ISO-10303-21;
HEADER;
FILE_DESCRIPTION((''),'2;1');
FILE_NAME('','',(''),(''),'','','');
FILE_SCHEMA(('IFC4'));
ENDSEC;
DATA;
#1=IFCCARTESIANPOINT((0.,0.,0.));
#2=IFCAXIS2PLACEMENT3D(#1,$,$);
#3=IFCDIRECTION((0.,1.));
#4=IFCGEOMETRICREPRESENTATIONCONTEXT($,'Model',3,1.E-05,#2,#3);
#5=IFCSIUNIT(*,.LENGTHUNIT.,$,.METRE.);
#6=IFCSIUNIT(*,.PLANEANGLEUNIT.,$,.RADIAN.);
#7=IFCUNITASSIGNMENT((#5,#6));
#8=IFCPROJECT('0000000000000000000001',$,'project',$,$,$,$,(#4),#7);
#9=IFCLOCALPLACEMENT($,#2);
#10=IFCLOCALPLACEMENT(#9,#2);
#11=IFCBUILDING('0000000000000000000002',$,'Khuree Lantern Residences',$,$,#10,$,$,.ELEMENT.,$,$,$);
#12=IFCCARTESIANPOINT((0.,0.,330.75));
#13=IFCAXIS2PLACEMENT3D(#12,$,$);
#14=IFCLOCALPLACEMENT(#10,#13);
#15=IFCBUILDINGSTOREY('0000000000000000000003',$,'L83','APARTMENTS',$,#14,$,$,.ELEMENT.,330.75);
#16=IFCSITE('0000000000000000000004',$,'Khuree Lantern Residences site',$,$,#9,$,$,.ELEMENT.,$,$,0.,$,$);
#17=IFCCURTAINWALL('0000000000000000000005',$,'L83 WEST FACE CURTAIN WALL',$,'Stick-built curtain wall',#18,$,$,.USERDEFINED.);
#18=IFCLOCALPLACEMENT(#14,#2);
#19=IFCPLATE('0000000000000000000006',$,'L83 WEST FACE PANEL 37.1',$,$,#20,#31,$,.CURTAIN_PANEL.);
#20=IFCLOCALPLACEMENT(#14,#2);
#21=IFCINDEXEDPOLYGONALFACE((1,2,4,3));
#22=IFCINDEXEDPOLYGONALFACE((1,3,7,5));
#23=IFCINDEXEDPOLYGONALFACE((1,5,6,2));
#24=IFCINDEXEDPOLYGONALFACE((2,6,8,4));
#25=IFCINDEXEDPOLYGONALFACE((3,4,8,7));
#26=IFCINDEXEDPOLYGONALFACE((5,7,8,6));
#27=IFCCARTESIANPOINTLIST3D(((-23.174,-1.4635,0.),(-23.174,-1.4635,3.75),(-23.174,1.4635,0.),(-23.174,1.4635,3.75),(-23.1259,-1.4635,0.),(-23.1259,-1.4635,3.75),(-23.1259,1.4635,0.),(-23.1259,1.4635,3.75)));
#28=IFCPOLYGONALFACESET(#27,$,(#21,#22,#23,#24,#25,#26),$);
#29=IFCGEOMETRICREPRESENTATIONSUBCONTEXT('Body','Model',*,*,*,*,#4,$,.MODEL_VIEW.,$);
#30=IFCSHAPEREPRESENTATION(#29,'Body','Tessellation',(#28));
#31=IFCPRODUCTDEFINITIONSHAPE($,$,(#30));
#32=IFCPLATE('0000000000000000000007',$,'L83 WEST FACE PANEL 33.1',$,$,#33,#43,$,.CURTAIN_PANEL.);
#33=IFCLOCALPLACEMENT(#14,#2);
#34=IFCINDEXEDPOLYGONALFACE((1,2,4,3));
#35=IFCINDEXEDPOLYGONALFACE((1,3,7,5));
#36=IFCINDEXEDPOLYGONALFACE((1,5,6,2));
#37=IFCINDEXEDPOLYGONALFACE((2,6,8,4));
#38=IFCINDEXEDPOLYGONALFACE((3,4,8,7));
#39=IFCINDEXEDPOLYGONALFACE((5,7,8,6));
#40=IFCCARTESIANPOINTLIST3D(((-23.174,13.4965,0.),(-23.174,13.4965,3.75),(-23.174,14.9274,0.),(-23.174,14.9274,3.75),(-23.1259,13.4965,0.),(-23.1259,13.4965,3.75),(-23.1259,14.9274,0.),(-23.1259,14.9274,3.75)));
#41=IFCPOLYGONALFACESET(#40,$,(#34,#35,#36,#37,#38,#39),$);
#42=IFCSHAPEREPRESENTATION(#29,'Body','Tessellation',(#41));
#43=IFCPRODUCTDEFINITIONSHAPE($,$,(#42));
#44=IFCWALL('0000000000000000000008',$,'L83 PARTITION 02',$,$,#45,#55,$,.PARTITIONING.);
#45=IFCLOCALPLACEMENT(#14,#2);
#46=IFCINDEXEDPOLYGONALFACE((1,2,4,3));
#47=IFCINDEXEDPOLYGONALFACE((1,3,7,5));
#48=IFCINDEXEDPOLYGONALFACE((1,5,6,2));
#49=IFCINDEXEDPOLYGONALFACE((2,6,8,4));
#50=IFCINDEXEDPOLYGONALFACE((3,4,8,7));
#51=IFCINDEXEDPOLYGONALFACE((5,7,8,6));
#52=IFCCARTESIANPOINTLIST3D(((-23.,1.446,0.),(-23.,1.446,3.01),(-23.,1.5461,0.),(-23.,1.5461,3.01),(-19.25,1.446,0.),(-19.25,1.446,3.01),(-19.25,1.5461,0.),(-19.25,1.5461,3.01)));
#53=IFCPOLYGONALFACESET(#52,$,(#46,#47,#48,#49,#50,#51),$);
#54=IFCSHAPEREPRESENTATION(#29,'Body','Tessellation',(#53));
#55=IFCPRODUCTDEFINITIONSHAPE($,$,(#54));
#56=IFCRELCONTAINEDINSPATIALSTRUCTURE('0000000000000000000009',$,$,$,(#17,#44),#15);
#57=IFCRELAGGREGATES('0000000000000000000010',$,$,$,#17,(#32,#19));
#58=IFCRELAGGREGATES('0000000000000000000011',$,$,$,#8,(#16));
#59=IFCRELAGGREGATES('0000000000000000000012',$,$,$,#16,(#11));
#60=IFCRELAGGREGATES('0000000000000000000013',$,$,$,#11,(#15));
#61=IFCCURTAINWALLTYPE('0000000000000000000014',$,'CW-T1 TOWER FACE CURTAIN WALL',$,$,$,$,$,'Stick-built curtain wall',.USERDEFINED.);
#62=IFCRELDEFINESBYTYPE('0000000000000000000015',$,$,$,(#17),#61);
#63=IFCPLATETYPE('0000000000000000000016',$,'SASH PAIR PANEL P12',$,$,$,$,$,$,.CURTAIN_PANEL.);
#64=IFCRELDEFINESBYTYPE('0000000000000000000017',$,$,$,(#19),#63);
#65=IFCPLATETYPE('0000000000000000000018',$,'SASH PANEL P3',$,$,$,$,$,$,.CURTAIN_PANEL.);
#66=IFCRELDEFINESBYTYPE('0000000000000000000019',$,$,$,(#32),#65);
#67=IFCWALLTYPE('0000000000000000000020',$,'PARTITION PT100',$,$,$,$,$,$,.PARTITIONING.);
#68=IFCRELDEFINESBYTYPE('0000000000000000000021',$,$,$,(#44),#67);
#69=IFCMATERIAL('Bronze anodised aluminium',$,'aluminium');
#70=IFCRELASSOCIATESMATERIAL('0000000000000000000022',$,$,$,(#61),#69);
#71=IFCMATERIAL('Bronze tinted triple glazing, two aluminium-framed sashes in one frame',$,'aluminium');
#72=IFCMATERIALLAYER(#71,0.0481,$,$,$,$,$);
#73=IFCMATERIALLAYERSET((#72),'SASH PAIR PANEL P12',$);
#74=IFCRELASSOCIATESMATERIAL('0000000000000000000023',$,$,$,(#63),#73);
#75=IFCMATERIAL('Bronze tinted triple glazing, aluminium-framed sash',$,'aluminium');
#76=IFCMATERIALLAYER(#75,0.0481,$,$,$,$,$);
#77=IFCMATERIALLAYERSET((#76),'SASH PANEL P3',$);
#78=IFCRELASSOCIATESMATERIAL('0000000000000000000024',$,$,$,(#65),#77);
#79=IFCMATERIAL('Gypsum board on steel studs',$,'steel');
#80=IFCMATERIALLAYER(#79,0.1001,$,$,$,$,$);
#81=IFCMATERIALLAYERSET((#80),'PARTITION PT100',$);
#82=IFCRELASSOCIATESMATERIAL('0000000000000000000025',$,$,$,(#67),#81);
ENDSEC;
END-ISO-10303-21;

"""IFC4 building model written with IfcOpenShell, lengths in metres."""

from ifc_helpers import new_model, si_unit, direction, frame, frame_2d, origin, origin_2d, place, context, subcontext, project, spatial, rectangle, extrude, material, layer, layer_set, type_object, element, aggregate, save


model = new_model("IFC4")

# Units and contexts
model_context = context("Model", 3, precision=1e-05, world=origin(), true_north=direction((0.0, 1.0)))
body_context = subcontext(model_context, "Body", "Model", "MODEL_VIEW")
ifc_project = project(units=[si_unit("LENGTHUNIT", "METRE"), si_unit("PLANEANGLEUNIT", "RADIAN")], contexts=[model_context])

# Site, building, storey
site_placement = place(None, origin())
site = spatial("IfcSite", under=ifc_project, at=site_placement, Name="Khuree Lantern Residences site", CompositionType="ELEMENT", RefElevation=0.0)
building_placement = place(site_placement, origin())
building = spatial("IfcBuilding", under=site, at=building_placement, Name="Khuree Lantern Residences", CompositionType="ELEMENT")
storey_placement = place(building_placement, frame((0.0, 0.0, 330.75)))
storey = spatial("IfcBuildingStorey", under=building, at=storey_placement, Name="L83", Description="APARTMENTS", CompositionType="ELEMENT", Elevation=330.75)

# Curtain wall
ifc_material_1 = material(Name="Bronze anodised aluminium", Category="aluminium")
curtain_wall_type = type_object("IfcCurtainWallType", Name="CW-T1 TOWER FACE CURTAIN WALL", ElementType="Stick-built curtain wall", PredefinedType="USERDEFINED", material=ifc_material_1)
curtain_wall_placement = place(storey_placement, origin())
curtain_wall = element("IfcCurtainWall", 1, at=curtain_wall_placement, inside=storey, type_object=curtain_wall_type, Name="L83 WEST FACE CURTAIN WALL", ObjectType="Stick-built curtain wall", PredefinedType="USERDEFINED")

# Plates
ifc_material_2 = material(Name="Bronze tinted triple glazing, two aluminium-framed sashes in one frame", Category="aluminium")
ifc_layer_1 = layer(ifc_material_2, 0.0481)
ifc_layer_set_1 = layer_set([ifc_layer_1], Name="SASH PAIR PANEL P12")
plate_type_1 = type_object("IfcPlateType", Name="SASH PAIR PANEL P12", PredefinedType="CURTAIN_PANEL", material=ifc_layer_set_1)
plate_1_placement = place(storey_placement, frame((-23.1499, 0.0, 0.0), z_axis=(0.0, 0.0, 1.0), x_axis=(0.0, -1.0, 0.0)))
plate_1 = element("IfcPlate", 2, at=plate_1_placement, type_object=plate_type_1, Name="L83 WEST FACE PANEL 37.1", PredefinedType="CURTAIN_PANEL", context=body_context, shape_type="SweptSolid", body=[
    extrude(rectangle(XDim=2.927, YDim=0.0481, at=origin_2d()), origin(), (0.0, 0.0, 1.0), 3.75),
])
ifc_material_3 = material(Name="Bronze tinted triple glazing, aluminium-framed sash", Category="aluminium")
ifc_layer_2 = layer(ifc_material_3, 0.0481)
ifc_layer_set_2 = layer_set([ifc_layer_2], Name="SASH PANEL P3")
plate_type_2 = type_object("IfcPlateType", Name="SASH PANEL P3", PredefinedType="CURTAIN_PANEL", material=ifc_layer_set_2)
plate_2_placement = place(storey_placement, frame((-23.1499, 14.2119, 0.0), z_axis=(0.0, 0.0, 1.0), x_axis=(0.0, -1.0, 0.0)))
plate_2 = element("IfcPlate", 3, at=plate_2_placement, type_object=plate_type_2, Name="L83 WEST FACE PANEL 33.1", PredefinedType="CURTAIN_PANEL", context=body_context, shape_type="SweptSolid", body=[
    extrude(rectangle(XDim=1.4309, YDim=0.0481, at=origin_2d()), origin(), (0.0, 0.0, 1.0), 3.75),
])
aggregate(curtain_wall, [plate_2, plate_1])

# Wall
ifc_material_4 = material(Name="Gypsum board on steel studs", Category="steel")
ifc_layer_3 = layer(ifc_material_4, 0.1001)
ifc_layer_set_3 = layer_set([ifc_layer_3], Name="PARTITION PT100")
wall_type = type_object("IfcWallType", Name="PARTITION PT100", PredefinedType="PARTITIONING", material=ifc_layer_set_3)
wall_placement = place(storey_placement, frame((-19.25, 1.4961, 0.0), z_axis=(0.0, 0.0, 1.0), x_axis=(-1.0, 0.0, 0.0)))
element("IfcWall", 4, at=wall_placement, inside=storey, type_object=wall_type, Name="L83 PARTITION 02", PredefinedType="PARTITIONING", context=body_context, shape_type="SweptSolid", body=[
    extrude(rectangle(XDim=3.75, YDim=0.1001, at=frame_2d((1.875, 0.0))), origin(), (0.0, 0.0, 1.0), 3.01),
])

save(model, "model.ifc")
